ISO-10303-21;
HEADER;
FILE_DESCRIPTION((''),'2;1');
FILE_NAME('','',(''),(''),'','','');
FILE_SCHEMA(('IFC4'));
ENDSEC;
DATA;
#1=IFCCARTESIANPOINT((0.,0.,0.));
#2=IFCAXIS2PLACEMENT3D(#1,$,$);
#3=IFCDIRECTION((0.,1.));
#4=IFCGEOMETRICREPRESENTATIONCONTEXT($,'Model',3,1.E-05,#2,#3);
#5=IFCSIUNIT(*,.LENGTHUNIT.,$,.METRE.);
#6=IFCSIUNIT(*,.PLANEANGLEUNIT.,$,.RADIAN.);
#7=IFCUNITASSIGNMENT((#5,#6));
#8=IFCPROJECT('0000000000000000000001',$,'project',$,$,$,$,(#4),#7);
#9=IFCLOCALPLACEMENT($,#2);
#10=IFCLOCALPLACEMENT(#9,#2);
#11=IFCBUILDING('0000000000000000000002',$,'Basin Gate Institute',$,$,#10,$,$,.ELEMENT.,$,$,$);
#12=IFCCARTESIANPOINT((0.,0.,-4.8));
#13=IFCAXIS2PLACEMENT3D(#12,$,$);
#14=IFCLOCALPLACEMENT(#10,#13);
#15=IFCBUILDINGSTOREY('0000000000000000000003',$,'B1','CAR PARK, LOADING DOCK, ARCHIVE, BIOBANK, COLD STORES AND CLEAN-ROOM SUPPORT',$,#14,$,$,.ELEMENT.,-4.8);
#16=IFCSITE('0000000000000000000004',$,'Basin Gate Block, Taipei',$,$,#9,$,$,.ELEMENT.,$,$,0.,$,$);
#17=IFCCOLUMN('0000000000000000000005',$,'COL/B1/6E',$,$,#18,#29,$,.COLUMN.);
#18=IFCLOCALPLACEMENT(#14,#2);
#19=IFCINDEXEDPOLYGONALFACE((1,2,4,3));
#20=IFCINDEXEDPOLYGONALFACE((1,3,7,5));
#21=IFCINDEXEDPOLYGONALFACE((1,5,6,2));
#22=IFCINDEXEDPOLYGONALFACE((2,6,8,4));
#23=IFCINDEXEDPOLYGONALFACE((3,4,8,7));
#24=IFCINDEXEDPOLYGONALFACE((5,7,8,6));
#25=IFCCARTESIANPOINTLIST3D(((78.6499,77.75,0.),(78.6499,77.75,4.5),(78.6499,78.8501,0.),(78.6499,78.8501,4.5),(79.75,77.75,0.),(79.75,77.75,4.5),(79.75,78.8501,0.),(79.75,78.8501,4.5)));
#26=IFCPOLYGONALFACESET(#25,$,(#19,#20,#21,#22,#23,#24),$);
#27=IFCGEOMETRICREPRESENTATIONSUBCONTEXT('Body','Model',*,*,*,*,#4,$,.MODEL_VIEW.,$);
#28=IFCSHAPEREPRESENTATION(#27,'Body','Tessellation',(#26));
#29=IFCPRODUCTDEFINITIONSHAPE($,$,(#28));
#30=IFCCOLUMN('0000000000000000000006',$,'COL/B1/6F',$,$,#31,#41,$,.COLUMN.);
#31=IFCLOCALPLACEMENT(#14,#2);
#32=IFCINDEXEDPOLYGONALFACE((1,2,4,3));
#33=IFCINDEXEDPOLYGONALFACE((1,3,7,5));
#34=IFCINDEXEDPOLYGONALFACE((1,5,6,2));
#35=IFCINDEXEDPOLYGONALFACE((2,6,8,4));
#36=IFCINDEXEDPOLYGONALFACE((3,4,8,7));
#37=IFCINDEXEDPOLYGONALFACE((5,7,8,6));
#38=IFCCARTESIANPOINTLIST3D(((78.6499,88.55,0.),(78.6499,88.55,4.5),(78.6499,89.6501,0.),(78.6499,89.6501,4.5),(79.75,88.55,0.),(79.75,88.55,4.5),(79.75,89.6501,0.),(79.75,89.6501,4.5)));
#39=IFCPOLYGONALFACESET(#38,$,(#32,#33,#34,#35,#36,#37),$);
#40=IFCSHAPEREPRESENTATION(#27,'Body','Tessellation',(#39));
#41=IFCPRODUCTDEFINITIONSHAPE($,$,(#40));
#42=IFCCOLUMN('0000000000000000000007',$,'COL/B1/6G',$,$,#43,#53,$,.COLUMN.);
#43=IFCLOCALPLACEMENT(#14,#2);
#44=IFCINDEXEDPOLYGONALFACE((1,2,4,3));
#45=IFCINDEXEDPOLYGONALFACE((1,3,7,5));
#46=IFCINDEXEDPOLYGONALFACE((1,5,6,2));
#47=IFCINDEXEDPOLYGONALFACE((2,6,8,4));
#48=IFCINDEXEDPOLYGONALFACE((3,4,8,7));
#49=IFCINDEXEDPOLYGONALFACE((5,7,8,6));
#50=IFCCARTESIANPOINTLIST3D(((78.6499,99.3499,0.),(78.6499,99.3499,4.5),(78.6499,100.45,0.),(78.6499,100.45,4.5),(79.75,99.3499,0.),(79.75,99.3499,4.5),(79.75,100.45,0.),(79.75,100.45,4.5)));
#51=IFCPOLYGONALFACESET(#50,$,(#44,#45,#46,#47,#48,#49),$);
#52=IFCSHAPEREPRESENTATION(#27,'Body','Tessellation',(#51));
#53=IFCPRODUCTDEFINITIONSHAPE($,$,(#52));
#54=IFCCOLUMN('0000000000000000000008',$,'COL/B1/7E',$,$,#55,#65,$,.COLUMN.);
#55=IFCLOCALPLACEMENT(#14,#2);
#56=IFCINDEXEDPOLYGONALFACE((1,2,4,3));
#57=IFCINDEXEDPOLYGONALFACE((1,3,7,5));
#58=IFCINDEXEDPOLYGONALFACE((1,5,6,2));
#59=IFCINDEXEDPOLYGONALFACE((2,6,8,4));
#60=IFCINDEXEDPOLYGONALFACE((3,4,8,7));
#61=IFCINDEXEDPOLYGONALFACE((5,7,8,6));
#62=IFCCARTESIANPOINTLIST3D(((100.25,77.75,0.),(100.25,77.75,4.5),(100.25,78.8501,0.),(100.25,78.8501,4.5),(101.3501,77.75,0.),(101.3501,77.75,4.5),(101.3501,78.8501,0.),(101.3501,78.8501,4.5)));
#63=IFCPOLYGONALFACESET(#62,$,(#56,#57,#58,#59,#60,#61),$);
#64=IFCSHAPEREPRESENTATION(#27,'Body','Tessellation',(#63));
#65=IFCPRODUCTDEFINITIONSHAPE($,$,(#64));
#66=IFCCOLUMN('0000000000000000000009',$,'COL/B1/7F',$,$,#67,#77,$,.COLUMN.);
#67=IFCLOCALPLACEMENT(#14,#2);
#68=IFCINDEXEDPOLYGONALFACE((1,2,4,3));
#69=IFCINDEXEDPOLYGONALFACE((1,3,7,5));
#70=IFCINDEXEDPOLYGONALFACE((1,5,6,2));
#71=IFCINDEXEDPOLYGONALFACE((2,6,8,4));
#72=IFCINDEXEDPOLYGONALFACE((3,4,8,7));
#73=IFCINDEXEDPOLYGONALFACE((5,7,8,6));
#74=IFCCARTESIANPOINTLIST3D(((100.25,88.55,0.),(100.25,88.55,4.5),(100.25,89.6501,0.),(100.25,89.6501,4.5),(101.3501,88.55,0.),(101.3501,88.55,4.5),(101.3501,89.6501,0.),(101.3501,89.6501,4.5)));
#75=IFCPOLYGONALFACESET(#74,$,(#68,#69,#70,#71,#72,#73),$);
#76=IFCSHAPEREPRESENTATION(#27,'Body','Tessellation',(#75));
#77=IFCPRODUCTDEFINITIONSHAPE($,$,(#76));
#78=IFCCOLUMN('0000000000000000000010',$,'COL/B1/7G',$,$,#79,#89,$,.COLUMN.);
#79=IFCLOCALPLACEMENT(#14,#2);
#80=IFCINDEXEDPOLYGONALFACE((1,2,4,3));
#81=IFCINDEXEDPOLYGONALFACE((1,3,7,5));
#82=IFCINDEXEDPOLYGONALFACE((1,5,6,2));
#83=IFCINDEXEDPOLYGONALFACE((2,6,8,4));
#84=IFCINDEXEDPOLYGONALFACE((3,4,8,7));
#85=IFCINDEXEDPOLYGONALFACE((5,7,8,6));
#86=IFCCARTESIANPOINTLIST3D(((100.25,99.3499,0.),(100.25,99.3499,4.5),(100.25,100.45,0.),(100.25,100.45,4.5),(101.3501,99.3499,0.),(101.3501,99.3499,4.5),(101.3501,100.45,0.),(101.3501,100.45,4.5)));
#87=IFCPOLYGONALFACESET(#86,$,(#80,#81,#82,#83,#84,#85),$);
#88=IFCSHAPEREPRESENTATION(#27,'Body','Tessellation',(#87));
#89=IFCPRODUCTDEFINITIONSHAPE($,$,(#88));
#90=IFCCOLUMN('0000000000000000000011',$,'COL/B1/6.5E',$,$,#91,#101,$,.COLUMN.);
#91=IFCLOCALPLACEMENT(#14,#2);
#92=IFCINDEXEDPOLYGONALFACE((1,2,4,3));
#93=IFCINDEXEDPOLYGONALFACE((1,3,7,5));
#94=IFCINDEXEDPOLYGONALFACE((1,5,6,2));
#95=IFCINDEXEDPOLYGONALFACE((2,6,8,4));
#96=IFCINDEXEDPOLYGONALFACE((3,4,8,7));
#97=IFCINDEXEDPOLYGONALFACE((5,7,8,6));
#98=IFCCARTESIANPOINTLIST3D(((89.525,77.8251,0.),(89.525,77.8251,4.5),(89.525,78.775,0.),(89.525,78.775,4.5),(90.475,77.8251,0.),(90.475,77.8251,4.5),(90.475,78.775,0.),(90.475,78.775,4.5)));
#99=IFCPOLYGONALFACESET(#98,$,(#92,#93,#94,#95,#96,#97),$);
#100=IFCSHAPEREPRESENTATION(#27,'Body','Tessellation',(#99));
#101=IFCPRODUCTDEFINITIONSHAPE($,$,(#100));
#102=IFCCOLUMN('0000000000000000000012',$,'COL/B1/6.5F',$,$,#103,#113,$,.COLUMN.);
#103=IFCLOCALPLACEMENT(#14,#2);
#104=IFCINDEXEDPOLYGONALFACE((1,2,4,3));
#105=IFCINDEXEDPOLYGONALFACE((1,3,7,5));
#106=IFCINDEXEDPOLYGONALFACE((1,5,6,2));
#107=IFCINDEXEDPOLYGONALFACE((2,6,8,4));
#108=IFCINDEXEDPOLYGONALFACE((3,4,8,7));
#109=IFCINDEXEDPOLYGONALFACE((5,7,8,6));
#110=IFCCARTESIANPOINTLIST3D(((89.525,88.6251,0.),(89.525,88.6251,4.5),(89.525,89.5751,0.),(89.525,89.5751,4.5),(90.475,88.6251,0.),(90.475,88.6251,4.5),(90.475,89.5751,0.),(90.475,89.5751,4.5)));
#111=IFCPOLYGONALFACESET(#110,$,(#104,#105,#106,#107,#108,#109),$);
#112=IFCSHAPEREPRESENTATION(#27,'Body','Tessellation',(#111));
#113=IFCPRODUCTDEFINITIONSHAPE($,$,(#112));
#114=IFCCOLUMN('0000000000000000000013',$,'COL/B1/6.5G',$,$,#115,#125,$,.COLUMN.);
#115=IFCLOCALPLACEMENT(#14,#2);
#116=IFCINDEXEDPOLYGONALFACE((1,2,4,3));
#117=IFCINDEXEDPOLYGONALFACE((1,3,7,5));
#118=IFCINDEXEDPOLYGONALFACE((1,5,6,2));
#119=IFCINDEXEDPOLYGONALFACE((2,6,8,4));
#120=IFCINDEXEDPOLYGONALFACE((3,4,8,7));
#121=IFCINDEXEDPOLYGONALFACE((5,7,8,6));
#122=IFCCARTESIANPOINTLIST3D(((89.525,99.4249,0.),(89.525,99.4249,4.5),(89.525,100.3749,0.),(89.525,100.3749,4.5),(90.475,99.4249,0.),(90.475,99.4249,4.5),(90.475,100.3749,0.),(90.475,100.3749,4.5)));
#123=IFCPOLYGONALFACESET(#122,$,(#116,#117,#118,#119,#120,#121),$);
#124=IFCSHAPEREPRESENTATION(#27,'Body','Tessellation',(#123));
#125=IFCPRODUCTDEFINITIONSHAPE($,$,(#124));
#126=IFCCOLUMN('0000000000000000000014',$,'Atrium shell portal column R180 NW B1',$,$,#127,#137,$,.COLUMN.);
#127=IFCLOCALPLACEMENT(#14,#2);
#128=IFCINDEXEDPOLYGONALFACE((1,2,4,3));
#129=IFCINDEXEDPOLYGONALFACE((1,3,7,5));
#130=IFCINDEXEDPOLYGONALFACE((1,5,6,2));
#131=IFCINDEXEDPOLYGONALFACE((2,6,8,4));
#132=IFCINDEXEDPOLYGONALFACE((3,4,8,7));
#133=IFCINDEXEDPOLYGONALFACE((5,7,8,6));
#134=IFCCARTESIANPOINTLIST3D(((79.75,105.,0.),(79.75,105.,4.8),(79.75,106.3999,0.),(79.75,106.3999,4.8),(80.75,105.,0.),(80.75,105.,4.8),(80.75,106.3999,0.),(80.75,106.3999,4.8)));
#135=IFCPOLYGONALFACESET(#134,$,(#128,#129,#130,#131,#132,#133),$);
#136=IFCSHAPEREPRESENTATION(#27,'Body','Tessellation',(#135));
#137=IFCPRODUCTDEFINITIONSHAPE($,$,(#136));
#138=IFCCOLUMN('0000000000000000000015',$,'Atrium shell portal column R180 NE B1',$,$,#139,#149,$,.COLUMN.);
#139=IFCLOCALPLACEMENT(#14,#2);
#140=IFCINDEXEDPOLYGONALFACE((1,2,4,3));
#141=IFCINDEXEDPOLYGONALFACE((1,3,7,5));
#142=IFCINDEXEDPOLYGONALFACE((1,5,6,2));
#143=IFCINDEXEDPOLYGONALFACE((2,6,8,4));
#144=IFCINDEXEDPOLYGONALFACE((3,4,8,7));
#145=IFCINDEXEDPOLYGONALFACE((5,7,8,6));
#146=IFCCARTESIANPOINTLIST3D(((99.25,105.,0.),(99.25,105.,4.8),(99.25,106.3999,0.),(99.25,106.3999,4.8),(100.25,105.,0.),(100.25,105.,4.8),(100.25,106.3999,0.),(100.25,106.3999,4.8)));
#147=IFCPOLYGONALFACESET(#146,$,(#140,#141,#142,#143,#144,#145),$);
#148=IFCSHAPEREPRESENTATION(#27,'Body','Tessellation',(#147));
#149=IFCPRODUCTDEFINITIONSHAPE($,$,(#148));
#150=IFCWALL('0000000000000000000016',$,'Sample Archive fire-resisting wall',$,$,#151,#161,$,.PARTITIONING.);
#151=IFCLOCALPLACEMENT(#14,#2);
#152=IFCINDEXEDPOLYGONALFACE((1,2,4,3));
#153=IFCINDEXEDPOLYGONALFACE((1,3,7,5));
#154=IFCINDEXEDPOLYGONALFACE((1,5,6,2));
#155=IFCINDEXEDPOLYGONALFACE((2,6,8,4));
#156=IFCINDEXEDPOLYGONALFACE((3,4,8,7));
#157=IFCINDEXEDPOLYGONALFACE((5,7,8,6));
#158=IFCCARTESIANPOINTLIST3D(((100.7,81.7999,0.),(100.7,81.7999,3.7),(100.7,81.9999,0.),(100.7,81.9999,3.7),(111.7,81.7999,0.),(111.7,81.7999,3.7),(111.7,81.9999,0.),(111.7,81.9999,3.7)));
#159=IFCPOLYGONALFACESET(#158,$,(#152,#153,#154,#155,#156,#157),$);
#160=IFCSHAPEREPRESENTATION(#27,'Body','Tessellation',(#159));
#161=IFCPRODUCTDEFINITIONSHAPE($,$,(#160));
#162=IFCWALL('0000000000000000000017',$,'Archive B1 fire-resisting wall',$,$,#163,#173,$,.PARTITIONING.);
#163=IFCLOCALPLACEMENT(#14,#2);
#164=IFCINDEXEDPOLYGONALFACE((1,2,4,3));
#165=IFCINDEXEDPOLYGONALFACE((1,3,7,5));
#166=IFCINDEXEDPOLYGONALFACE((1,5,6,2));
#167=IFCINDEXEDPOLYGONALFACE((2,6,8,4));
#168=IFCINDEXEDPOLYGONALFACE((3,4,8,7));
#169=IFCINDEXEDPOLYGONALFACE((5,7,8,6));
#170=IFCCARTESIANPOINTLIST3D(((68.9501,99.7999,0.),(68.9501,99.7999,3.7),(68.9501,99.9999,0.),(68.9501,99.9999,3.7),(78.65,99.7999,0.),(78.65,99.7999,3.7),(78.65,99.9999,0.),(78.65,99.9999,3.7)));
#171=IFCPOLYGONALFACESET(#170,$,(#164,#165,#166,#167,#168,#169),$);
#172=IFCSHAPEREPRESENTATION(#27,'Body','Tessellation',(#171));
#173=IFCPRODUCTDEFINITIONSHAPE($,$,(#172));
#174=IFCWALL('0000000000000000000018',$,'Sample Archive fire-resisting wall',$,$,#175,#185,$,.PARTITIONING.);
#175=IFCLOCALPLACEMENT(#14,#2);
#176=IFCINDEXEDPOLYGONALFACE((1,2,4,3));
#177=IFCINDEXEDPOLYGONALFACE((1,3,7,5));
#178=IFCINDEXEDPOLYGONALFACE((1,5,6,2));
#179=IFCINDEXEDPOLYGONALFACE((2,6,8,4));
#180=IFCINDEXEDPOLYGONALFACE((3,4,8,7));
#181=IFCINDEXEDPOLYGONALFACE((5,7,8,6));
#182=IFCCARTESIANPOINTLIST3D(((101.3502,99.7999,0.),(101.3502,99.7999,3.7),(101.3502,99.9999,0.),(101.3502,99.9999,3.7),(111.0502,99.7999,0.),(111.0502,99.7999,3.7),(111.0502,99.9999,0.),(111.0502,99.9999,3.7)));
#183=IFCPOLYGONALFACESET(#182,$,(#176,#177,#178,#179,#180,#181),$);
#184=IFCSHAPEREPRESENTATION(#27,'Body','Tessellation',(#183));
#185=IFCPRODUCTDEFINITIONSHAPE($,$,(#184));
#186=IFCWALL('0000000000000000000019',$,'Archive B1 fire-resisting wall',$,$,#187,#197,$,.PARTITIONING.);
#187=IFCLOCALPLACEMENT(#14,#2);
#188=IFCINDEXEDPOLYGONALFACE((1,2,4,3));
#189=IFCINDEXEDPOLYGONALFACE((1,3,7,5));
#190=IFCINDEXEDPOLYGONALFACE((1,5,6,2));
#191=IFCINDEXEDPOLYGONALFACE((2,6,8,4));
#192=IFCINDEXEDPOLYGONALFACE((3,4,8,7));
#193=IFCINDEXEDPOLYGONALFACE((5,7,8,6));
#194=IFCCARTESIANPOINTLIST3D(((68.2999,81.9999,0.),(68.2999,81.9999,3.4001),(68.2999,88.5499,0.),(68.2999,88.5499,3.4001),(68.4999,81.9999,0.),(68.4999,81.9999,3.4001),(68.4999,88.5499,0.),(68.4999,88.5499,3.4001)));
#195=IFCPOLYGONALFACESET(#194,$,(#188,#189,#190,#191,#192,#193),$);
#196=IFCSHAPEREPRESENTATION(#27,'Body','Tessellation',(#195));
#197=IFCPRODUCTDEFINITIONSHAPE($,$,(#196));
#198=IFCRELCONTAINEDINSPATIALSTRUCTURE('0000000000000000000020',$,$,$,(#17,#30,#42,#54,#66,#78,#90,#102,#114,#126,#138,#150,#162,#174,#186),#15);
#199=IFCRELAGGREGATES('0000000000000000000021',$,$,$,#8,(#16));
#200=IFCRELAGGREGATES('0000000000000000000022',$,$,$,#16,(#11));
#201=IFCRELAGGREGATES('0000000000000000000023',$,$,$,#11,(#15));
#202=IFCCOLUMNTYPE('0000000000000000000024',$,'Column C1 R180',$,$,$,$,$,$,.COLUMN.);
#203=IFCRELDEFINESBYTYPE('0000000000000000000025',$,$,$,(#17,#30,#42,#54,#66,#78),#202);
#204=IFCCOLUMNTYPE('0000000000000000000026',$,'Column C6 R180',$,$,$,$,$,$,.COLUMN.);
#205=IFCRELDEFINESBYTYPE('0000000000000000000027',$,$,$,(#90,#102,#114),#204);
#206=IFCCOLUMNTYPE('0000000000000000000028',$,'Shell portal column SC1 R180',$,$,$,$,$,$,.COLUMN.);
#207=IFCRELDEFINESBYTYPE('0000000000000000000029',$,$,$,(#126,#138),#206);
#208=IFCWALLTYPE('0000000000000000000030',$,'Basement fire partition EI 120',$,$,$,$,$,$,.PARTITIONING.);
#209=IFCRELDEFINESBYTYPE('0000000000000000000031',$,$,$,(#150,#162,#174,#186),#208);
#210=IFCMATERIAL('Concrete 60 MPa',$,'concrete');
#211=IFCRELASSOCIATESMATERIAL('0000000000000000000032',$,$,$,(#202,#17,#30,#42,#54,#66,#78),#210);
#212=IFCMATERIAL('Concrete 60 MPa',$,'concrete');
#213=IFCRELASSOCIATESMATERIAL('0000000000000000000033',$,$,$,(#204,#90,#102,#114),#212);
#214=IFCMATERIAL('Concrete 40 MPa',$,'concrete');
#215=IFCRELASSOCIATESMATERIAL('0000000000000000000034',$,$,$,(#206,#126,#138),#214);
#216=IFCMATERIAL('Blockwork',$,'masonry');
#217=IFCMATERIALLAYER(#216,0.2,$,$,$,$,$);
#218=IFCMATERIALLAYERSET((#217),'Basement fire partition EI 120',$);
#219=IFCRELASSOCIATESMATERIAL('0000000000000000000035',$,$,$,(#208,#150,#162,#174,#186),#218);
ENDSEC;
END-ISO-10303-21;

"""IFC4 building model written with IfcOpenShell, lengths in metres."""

from ifc_helpers import new_model, si_unit, direction, frame, frame_2d, origin, origin_2d, place, context, subcontext, project, spatial, rectangle, extrude, material, layer, layer_set, material_profile, profile_set, type_object, element, save


model = new_model("IFC4")

# Units and contexts
model_context = context("Model", 3, precision=1e-05, world=origin(), true_north=direction((0.0, 1.0)))
body_context = subcontext(model_context, "Body", "Model", "MODEL_VIEW")
ifc_project = project(units=[si_unit("LENGTHUNIT", "METRE"), si_unit("PLANEANGLEUNIT", "RADIAN")], contexts=[model_context])

# Site, building, storey
site_placement = place(None, origin())
site = spatial("IfcSite", under=ifc_project, at=site_placement, Name="Basin Gate Block, Taipei", CompositionType="ELEMENT", RefElevation=0.0)
building_placement = place(site_placement, origin())
building = spatial("IfcBuilding", under=site, at=building_placement, Name="Basin Gate Institute", CompositionType="ELEMENT")
storey_placement = place(building_placement, frame((0.0, 0.0, -4.8)))
storey = spatial("IfcBuildingStorey", under=building, at=storey_placement, Name="B1", Description="CAR PARK, LOADING DOCK, ARCHIVE, BIOBANK, COLD STORES AND CLEAN-ROOM SUPPORT", CompositionType="ELEMENT", Elevation=-4.8)

# Columns
ifc_material_1 = material(Name="Concrete 60 MPa", Category="concrete")
ifc_material_profile_1 = material_profile(ifc_material_1, rectangle(XDim=1.1001, YDim=1.1001, at=origin_2d()), Name="Column C1 1100 x 1100")
ifc_profile_set_1 = profile_set([ifc_material_profile_1], Name="Concrete 60 MPa")
column_type_1 = type_object("IfcColumnType", Name="Column C1 R180", PredefinedType="COLUMN", material=ifc_profile_set_1)
for number, where, z_axis, x_axis, name in (
    (1, (79.2, 78.3, 0.0), (0.0, 0.0, 1.0), (1.0, 0.0, 0.0), "COL/B1/6E"),
    (2, (79.2, 89.1001, 0.0), (0.0, 0.0, 1.0), (1.0, 0.0, 0.0), "COL/B1/6F"),
    (3, (79.2, 99.8999, 0.0), (0.0, 0.0, 1.0), (1.0, 0.0, 0.0), "COL/B1/6G"),
    (4, (100.8, 78.3, 0.0), (0.0, 0.0, 1.0), (1.0, 0.0, 0.0), "COL/B1/7E"),
    (5, (100.8, 89.1001, 0.0), (0.0, 0.0, 1.0), (1.0, 0.0, 0.0), "COL/B1/7F"),
    (6, (100.8, 99.8999, 0.0), (0.0, 0.0, 1.0), (1.0, 0.0, 0.0), "COL/B1/7G"),
):
    element("IfcColumn", number, at=place(storey_placement, frame(where, z_axis=z_axis, x_axis=x_axis)), inside=storey, type_object=column_type_1, material=ifc_profile_set_1, Name=name, PredefinedType="COLUMN", context=body_context, shape_type="SweptSolid", body=[
        extrude(rectangle(XDim=1.1001, YDim=1.1001, at=origin_2d()), origin(), (0.0, 0.0, 1.0), 4.5),
    ])
ifc_material_2 = material(Name="Concrete 60 MPa", Category="concrete")
ifc_material_profile_2 = material_profile(ifc_material_2, rectangle(XDim=0.95, YDim=0.95, at=origin_2d()), Name="Column C6 950 x 950")
ifc_profile_set_2 = profile_set([ifc_material_profile_2], Name="Concrete 60 MPa")
column_type_2 = type_object("IfcColumnType", Name="Column C6 R180", PredefinedType="COLUMN", material=ifc_profile_set_2)
for number, where, z_axis, x_axis, name in (
    (7, (90.0, 78.3, 0.0), (0.0, 0.0, 1.0), (1.0, 0.0, 0.0), "COL/B1/6.5E"),
    (8, (90.0, 89.1001, 0.0), (0.0, 0.0, 1.0), (1.0, 0.0, 0.0), "COL/B1/6.5F"),
    (9, (90.0, 99.8999, 0.0), (0.0, 0.0, 1.0), (1.0, 0.0, 0.0), "COL/B1/6.5G"),
):
    element("IfcColumn", number, at=place(storey_placement, frame(where, z_axis=z_axis, x_axis=x_axis)), inside=storey, type_object=column_type_2, material=ifc_profile_set_2, Name=name, PredefinedType="COLUMN", context=body_context, shape_type="SweptSolid", body=[
        extrude(rectangle(XDim=0.95, YDim=0.95, at=origin_2d()), origin(), (0.0, 0.0, 1.0), 4.5),
    ])
ifc_material_3 = material(Name="Concrete 40 MPa", Category="concrete")
ifc_material_profile_3 = material_profile(ifc_material_3, rectangle(XDim=1.0, YDim=1.3999, at=origin_2d()), Name="Shell portal column SC1 1000 x 1400")
ifc_profile_set_3 = profile_set([ifc_material_profile_3], Name="Concrete 40 MPa")
column_type_3 = type_object("IfcColumnType", Name="Shell portal column SC1 R180", PredefinedType="COLUMN", material=ifc_profile_set_3)
for number, where, z_axis, x_axis, name in (
    (10, (80.25, 105.7, 0.0), (0.0, 0.0, 1.0), (1.0, 0.0, 0.0), "Atrium shell portal column R180 NW B1"),
    (11, (99.75, 105.7, 0.0), (0.0, 0.0, 1.0), (1.0, 0.0, 0.0), "Atrium shell portal column R180 NE B1"),
):
    element("IfcColumn", number, at=place(storey_placement, frame(where, z_axis=z_axis, x_axis=x_axis)), inside=storey, type_object=column_type_3, material=ifc_profile_set_3, Name=name, PredefinedType="COLUMN", context=body_context, shape_type="SweptSolid", body=[
        extrude(rectangle(XDim=1.0, YDim=1.3999, at=origin_2d()), origin(), (0.0, 0.0, 1.0), 4.8),
    ])

# Walls
ifc_material_4 = material(Name="Blockwork", Category="masonry")
ifc_layer_1 = layer(ifc_material_4, 0.2)
ifc_layer_set_1 = layer_set([ifc_layer_1], Name="Basement fire partition EI 120")
wall_type_1 = type_object("IfcWallType", Name="Basement fire partition EI 120", PredefinedType="PARTITIONING", material=ifc_layer_set_1)
wall_1_placement = place(storey_placement, frame((100.7, 81.8999, 0.0), z_axis=(0.0, 0.0, 1.0), x_axis=(1.0, 0.0, 0.0)))
element("IfcWall", 12, at=wall_1_placement, inside=storey, type_object=wall_type_1, material=ifc_layer_set_1, Name="Sample Archive fire-resisting wall", PredefinedType="PARTITIONING", context=body_context, shape_type="SweptSolid", body=[
    extrude(rectangle(XDim=11.0, YDim=0.2, at=frame_2d((5.5, 0.0))), origin(), (0.0, 0.0, 1.0), 3.7),
])
for number, where, z_axis, x_axis, name in (
    (13, (68.95, 99.8999, 0.0), (0.0, 0.0, 1.0), (1.0, 0.0, 0.0), "Archive B1 fire-resisting wall"),
    (14, (101.3501, 99.8999, 0.0), (0.0, 0.0, 1.0), (1.0, 0.0, 0.0), "Sample Archive fire-resisting wall"),
):
    element("IfcWall", number, at=place(storey_placement, frame(where, z_axis=z_axis, x_axis=x_axis)), inside=storey, type_object=wall_type_1, material=ifc_layer_set_1, Name=name, PredefinedType="PARTITIONING", context=body_context, shape_type="SweptSolid", body=[
        extrude(rectangle(XDim=9.7, YDim=0.2, at=frame_2d((4.8501, 0.0))), origin(), (0.0, 0.0, 1.0), 3.7),
    ])
wall_2_placement = place(storey_placement, frame((68.3999, 82.0, 0.0), z_axis=(0.0, 0.0, 1.0), x_axis=(0.0, 1.0, 0.0)))
element("IfcWall", 15, at=wall_2_placement, inside=storey, type_object=wall_type_1, material=ifc_layer_set_1, Name="Archive B1 fire-resisting wall", PredefinedType="PARTITIONING", context=body_context, shape_type="SweptSolid", body=[
    extrude(rectangle(XDim=6.55, YDim=0.2, at=frame_2d((3.2749, 0.0))), origin(), (0.0, 0.0, 1.0), 3.4001),
])

save(model, "model.ifc")
